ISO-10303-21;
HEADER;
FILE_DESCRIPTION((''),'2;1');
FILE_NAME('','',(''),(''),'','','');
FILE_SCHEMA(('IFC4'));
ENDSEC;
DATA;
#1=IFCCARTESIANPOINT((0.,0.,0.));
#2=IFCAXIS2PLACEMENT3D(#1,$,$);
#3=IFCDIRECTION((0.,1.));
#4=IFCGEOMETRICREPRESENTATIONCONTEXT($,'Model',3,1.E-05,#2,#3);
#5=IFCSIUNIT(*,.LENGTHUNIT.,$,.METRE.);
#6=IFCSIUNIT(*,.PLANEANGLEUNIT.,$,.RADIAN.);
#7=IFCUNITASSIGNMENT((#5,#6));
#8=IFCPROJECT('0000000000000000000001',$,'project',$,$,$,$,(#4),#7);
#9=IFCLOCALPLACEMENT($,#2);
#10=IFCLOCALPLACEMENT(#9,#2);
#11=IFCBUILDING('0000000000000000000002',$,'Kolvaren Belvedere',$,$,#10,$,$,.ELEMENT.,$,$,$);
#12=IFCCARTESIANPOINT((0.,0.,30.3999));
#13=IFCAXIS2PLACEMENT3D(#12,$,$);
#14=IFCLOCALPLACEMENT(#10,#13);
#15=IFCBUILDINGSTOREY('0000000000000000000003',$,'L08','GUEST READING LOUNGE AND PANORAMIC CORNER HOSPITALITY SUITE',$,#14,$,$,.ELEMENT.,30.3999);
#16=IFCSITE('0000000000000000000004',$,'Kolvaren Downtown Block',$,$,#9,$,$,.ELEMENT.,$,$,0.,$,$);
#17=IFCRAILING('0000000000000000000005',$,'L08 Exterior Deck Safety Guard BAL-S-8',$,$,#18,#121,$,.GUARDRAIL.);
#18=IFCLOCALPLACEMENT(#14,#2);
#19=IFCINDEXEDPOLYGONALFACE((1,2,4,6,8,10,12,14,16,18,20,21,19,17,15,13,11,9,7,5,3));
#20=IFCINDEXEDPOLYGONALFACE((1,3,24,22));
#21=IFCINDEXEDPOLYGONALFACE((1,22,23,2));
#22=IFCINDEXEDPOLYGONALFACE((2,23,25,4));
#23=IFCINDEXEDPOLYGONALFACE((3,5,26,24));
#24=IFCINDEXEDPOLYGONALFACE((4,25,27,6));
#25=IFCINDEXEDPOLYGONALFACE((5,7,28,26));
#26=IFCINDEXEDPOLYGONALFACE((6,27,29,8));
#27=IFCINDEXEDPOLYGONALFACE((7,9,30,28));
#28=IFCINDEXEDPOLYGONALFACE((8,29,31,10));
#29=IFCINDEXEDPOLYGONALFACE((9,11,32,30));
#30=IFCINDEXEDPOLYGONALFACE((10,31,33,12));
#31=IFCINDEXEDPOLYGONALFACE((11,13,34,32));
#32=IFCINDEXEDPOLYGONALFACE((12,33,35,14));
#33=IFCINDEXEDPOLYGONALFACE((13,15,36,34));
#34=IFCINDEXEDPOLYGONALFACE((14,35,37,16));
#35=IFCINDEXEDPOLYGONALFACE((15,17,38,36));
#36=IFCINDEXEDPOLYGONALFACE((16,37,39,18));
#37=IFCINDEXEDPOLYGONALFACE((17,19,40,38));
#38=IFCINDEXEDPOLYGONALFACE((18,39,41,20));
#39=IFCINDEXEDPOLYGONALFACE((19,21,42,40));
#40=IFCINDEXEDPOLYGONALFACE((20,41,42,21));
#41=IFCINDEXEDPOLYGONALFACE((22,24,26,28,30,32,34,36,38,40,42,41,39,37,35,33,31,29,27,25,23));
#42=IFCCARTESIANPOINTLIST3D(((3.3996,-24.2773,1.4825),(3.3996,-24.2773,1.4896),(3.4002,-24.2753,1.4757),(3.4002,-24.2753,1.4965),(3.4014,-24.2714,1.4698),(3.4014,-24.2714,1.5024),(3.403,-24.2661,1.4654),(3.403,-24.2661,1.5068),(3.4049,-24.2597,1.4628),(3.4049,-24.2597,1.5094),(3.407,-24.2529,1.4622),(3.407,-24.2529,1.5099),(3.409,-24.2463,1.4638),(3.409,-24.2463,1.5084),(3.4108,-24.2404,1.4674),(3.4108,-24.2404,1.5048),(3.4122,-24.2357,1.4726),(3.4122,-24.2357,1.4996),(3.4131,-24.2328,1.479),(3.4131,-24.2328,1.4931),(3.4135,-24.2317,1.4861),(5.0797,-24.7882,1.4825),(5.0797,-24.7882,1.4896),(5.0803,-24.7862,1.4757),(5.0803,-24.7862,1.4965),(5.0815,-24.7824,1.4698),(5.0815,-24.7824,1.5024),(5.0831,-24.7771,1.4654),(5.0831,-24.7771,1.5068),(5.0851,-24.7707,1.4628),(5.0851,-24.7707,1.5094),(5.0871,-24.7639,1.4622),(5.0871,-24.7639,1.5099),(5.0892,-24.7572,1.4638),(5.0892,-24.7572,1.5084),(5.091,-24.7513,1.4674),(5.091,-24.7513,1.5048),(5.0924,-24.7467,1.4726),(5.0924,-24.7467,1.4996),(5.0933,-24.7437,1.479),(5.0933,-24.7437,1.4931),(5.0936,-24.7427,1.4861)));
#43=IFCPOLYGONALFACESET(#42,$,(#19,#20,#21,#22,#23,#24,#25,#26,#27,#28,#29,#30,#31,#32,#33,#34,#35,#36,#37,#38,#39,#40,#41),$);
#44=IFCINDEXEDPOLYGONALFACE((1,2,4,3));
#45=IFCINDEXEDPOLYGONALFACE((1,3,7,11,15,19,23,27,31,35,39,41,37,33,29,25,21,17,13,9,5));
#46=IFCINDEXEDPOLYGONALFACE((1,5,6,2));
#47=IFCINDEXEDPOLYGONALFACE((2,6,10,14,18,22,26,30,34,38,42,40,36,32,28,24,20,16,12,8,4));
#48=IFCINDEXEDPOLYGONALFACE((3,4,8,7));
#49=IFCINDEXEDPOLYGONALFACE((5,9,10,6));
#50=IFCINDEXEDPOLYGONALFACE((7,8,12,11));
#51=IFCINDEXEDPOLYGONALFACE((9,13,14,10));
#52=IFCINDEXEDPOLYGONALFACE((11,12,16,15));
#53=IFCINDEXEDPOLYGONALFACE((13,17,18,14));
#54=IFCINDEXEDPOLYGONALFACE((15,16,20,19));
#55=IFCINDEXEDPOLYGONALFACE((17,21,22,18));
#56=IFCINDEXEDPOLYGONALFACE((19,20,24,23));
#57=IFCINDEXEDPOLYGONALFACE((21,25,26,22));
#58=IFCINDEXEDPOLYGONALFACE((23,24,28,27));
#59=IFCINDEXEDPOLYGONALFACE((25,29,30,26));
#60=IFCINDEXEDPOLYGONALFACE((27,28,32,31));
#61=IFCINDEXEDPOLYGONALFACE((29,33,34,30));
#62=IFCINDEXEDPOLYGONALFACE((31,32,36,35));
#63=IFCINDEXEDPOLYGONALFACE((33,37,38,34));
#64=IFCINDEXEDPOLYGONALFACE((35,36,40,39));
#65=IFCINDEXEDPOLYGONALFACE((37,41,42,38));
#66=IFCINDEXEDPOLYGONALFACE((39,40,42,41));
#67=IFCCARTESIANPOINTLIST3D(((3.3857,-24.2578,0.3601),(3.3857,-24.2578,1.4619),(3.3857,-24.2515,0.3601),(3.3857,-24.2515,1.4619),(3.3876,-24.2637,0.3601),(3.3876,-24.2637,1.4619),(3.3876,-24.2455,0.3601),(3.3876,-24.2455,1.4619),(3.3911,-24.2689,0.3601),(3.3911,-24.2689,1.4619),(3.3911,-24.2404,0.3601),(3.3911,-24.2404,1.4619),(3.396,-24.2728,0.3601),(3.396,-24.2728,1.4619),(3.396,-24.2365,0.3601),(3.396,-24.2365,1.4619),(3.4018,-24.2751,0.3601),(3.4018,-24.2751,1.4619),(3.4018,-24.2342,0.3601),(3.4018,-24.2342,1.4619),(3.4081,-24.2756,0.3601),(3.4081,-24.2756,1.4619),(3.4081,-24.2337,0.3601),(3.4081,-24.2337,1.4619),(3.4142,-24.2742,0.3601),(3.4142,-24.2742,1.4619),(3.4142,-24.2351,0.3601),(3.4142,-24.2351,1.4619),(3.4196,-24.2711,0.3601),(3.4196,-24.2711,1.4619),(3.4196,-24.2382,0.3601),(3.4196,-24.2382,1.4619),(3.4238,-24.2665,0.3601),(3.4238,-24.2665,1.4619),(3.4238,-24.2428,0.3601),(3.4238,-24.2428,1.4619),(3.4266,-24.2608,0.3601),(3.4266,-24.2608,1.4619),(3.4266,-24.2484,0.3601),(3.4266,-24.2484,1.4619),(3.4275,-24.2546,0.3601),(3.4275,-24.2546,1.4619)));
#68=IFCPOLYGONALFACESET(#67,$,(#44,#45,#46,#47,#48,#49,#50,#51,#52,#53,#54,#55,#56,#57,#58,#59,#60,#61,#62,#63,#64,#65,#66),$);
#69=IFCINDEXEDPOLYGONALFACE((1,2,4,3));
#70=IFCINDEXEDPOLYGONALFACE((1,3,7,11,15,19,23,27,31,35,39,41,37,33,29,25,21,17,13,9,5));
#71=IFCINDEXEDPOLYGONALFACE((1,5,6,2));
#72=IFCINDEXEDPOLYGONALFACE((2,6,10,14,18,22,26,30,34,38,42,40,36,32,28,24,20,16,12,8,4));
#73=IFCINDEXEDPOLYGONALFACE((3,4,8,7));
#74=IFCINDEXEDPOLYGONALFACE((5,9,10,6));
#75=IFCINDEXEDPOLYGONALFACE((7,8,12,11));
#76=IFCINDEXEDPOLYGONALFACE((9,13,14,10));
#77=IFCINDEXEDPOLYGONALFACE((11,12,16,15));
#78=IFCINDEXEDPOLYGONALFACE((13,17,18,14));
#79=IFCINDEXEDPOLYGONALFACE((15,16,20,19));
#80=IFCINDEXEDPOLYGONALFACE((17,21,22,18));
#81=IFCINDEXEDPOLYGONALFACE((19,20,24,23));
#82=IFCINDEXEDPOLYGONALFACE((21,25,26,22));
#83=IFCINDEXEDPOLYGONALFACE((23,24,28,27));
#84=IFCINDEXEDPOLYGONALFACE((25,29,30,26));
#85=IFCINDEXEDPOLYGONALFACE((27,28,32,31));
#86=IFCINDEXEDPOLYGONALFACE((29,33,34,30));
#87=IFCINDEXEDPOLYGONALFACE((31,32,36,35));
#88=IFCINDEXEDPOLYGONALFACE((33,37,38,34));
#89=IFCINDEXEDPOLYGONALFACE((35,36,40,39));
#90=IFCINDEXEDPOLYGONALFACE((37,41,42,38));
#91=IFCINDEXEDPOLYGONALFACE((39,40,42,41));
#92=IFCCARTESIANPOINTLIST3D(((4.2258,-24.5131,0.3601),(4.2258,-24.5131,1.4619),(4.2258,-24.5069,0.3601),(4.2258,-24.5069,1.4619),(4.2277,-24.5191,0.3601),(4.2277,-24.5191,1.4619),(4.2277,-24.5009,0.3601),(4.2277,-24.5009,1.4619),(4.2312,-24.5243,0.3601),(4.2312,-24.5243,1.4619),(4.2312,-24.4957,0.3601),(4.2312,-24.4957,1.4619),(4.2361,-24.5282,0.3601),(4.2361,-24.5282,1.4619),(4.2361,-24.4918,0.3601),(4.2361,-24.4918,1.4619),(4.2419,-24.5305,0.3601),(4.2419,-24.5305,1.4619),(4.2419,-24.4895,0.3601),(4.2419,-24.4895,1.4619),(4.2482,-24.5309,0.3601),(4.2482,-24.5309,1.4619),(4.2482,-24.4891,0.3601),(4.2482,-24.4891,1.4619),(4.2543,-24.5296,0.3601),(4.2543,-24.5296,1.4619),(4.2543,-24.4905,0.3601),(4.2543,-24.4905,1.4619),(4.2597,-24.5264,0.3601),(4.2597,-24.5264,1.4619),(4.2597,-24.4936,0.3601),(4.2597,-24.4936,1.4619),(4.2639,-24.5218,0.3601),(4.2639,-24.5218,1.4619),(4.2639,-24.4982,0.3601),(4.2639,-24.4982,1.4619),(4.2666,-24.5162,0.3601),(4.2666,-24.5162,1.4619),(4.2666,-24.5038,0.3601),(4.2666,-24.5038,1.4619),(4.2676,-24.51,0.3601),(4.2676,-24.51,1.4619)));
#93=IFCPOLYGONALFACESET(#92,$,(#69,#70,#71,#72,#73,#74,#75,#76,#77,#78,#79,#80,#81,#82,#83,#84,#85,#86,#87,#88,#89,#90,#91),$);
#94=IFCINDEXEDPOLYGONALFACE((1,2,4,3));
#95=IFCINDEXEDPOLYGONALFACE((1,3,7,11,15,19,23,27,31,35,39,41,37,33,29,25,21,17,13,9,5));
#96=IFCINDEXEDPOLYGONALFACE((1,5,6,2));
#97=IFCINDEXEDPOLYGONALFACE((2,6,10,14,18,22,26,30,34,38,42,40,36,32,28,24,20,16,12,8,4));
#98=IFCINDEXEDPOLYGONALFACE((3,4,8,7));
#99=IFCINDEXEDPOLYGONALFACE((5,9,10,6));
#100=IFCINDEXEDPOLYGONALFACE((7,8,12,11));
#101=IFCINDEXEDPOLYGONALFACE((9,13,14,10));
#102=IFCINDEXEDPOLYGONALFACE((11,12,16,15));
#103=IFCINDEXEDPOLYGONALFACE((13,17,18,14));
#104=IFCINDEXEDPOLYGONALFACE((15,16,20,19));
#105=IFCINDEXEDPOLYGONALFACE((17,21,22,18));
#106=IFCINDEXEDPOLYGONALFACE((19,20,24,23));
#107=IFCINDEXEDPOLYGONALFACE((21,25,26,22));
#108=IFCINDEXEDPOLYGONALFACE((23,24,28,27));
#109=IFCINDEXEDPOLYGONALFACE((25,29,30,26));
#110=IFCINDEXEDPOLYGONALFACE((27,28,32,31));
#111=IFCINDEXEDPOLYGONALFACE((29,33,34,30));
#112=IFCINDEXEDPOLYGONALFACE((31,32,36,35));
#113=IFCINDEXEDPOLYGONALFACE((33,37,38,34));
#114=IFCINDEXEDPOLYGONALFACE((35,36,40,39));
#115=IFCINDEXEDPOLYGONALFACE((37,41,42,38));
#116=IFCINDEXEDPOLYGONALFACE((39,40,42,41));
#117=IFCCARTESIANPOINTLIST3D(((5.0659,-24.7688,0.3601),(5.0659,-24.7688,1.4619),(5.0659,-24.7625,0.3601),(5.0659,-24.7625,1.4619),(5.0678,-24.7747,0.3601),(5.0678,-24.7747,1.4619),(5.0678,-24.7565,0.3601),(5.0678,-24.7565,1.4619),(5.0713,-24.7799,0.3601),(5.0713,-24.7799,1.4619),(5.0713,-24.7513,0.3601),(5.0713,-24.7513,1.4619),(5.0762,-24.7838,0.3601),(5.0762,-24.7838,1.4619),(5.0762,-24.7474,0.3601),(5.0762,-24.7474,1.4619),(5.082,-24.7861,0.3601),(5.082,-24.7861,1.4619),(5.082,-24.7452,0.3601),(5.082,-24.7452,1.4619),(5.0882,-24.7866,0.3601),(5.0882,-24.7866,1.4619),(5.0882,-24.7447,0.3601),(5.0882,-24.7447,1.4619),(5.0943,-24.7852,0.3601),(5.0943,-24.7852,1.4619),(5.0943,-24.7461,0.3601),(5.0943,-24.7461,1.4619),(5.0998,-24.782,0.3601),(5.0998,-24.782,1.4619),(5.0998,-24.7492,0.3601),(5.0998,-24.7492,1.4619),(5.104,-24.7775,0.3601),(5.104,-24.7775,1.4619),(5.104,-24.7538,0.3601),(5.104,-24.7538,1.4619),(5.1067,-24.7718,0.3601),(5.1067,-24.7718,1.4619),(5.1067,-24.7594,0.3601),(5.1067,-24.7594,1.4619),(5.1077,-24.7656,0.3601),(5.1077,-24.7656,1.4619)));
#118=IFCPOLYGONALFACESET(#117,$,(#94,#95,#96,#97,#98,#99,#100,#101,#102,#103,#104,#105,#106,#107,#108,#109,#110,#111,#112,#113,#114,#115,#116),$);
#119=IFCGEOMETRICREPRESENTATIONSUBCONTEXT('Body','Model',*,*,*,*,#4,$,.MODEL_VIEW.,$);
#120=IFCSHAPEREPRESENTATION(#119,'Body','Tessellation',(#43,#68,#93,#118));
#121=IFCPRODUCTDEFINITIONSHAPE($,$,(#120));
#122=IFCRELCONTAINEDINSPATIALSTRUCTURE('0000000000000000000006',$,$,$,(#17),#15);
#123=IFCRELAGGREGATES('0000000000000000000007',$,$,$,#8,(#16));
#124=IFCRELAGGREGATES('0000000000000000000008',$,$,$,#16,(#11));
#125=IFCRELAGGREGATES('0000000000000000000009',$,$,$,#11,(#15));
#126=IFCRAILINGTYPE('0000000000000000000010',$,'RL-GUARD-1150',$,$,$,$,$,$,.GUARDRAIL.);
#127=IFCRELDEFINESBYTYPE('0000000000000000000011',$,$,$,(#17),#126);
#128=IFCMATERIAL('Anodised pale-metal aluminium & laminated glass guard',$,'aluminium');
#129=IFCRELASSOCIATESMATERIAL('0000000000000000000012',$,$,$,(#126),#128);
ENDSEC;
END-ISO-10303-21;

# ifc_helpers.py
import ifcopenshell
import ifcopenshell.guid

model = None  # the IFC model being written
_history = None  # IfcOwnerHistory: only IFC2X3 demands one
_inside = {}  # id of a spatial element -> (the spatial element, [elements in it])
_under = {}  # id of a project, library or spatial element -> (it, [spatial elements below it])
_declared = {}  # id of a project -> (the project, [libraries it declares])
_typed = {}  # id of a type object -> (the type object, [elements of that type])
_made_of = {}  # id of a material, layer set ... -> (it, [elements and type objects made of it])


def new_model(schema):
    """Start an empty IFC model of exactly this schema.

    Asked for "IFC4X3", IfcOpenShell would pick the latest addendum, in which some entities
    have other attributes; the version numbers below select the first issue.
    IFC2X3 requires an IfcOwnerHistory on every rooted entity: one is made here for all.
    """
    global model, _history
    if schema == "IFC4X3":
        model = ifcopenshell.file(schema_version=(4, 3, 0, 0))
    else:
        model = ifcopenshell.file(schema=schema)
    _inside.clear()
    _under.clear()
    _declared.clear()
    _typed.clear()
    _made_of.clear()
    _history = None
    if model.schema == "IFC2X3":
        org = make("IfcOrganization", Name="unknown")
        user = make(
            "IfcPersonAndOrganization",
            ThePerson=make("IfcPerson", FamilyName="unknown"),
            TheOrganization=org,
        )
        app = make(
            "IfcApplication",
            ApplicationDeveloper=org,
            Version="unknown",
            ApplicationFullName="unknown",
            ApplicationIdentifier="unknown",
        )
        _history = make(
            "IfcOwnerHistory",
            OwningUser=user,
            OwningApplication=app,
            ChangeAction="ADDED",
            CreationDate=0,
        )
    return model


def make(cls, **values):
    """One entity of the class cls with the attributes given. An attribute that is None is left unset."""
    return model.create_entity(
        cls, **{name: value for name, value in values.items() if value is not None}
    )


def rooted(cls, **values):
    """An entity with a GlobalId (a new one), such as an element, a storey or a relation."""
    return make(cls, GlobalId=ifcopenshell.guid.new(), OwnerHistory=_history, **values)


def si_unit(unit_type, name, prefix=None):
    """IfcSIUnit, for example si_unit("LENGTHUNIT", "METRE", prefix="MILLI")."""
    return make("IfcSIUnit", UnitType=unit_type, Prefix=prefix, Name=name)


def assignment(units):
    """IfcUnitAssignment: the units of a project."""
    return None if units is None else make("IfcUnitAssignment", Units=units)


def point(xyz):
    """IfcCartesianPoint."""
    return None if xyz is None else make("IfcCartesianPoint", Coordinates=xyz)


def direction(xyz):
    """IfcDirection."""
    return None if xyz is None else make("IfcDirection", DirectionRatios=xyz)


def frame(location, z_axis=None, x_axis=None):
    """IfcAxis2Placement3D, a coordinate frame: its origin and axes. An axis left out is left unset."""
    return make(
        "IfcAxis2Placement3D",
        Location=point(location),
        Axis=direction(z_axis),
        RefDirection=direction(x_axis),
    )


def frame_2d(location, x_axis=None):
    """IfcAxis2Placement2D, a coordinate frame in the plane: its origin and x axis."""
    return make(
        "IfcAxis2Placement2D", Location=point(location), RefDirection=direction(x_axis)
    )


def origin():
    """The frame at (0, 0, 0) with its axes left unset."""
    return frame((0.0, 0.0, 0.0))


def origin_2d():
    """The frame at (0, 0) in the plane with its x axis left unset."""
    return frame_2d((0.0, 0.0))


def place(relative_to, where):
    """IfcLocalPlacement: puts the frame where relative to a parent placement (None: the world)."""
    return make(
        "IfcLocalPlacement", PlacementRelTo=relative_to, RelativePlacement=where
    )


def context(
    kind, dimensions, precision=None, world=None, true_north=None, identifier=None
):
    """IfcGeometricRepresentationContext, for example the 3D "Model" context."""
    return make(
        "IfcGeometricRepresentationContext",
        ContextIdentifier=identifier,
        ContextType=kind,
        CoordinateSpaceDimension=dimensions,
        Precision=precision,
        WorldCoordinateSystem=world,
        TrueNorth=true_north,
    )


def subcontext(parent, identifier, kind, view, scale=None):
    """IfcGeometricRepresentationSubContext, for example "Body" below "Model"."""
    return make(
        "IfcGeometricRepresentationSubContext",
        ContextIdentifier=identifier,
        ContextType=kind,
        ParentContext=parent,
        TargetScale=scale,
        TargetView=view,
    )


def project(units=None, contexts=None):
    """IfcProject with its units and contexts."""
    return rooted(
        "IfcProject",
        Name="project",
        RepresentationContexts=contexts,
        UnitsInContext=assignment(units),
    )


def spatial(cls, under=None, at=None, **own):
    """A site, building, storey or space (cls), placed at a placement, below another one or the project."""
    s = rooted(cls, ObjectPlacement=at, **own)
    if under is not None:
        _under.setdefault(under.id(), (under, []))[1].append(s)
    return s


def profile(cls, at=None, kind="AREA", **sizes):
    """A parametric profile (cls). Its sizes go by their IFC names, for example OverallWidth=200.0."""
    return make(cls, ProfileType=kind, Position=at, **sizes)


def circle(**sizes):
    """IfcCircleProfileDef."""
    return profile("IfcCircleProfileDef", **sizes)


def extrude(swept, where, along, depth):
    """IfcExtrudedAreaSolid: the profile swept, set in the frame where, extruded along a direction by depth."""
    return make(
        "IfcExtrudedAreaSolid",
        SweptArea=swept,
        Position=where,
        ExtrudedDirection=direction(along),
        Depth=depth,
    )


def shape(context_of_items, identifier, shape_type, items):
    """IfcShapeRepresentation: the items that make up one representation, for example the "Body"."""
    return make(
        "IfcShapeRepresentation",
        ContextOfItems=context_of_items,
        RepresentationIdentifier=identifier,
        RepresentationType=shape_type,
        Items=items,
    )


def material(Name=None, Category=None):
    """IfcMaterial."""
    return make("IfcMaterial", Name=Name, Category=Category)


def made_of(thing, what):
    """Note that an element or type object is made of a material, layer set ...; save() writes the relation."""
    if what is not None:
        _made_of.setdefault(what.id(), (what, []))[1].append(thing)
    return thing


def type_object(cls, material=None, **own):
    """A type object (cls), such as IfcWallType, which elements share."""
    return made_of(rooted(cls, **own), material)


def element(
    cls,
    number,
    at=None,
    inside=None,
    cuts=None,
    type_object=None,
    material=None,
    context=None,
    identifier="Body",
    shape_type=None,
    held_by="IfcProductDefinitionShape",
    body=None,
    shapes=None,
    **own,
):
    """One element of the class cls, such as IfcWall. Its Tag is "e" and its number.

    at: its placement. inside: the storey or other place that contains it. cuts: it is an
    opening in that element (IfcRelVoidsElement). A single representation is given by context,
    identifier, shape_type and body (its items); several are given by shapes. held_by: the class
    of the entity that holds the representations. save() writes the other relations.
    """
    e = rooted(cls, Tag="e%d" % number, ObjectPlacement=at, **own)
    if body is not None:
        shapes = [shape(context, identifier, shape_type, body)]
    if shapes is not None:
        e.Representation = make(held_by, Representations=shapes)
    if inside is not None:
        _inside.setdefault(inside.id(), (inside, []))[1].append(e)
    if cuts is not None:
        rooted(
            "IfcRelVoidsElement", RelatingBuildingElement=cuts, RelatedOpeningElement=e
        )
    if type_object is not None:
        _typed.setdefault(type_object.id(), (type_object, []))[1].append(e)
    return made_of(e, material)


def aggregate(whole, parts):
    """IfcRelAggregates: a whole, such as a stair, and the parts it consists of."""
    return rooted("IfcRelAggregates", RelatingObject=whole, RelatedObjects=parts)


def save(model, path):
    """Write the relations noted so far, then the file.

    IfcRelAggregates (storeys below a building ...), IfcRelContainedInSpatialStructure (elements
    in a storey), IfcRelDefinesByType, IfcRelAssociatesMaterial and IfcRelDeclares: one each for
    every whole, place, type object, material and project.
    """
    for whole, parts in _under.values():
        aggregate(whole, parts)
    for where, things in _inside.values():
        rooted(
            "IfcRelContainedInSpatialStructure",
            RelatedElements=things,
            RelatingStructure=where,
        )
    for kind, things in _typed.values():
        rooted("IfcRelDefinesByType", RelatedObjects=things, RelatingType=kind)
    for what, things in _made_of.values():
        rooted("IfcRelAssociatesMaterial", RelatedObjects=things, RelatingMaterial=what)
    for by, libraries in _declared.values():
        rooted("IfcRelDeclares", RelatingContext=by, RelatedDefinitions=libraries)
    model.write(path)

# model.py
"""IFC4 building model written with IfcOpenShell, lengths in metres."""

from ifc_helpers import new_model, si_unit, direction, frame, origin, origin_2d, place, context, subcontext, project, spatial, circle, extrude, material, type_object, element, save


model = new_model("IFC4")

# Units and contexts
model_context = context("Model", 3, precision=1e-05, world=origin(), true_north=direction((0.0, 1.0)))
body_context = subcontext(model_context, "Body", "Model", "MODEL_VIEW")
ifc_project = project(units=[si_unit("LENGTHUNIT", "METRE"), si_unit("PLANEANGLEUNIT", "RADIAN")], contexts=[model_context])

# Site, building, storey
site_placement = place(None, origin())
site = spatial("IfcSite", under=ifc_project, at=site_placement, Name="Kolvaren Downtown Block", CompositionType="ELEMENT", RefElevation=0.0)
building_placement = place(site_placement, origin())
building = spatial("IfcBuilding", under=site, at=building_placement, Name="Kolvaren Belvedere", CompositionType="ELEMENT")
storey_placement = place(building_placement, frame((0.0, 0.0, 30.3999)))
storey = spatial("IfcBuildingStorey", under=building, at=storey_placement, Name="L08", Description="GUEST READING LOUNGE AND PANORAMIC CORNER HOSPITALITY SUITE", CompositionType="ELEMENT", Elevation=30.3999)

# Railing
ifc_material_1 = material(Name="Anodised pale-metal aluminium & laminated glass guard", Category="aluminium")
railing_type = type_object("IfcRailingType", Name="RL-GUARD-1150", PredefinedType="GUARDRAIL", material=ifc_material_1)
railing_1_placement = place(storey_placement, frame((3.4065, -24.2546, 0.3601)))
element("IfcRailing", 1, at=railing_1_placement, inside=storey, type_object=railing_type, Name="L08 Exterior Deck Safety Guard BAL-S-8", PredefinedType="GUARDRAIL", context=body_context, shape_type="SweptSolid", body=[
    extrude(circle(Radius=0.0239, at=origin_2d()), frame((0.0, 0.0, 1.126), z_axis=(0.956733, -0.290968, 0.0), x_axis=(0.290968, 0.956733, 0.0)), (0.0, 0.0, 1.0), 1.7561),
    extrude(circle(Radius=0.021, at=origin_2d()), origin(), (0.0, 0.0, 1.0), 1.1018),
    extrude(circle(Radius=0.021, at=origin_2d()), frame((0.8401, -0.2554, 0.0)), (0.0, 0.0, 1.0), 1.1018),
    extrude(circle(Radius=0.021, at=origin_2d()), frame((1.6802, -0.511, 0.0)), (0.0, 0.0, 1.0), 1.1018),
])

save(model, "model.ifc")
